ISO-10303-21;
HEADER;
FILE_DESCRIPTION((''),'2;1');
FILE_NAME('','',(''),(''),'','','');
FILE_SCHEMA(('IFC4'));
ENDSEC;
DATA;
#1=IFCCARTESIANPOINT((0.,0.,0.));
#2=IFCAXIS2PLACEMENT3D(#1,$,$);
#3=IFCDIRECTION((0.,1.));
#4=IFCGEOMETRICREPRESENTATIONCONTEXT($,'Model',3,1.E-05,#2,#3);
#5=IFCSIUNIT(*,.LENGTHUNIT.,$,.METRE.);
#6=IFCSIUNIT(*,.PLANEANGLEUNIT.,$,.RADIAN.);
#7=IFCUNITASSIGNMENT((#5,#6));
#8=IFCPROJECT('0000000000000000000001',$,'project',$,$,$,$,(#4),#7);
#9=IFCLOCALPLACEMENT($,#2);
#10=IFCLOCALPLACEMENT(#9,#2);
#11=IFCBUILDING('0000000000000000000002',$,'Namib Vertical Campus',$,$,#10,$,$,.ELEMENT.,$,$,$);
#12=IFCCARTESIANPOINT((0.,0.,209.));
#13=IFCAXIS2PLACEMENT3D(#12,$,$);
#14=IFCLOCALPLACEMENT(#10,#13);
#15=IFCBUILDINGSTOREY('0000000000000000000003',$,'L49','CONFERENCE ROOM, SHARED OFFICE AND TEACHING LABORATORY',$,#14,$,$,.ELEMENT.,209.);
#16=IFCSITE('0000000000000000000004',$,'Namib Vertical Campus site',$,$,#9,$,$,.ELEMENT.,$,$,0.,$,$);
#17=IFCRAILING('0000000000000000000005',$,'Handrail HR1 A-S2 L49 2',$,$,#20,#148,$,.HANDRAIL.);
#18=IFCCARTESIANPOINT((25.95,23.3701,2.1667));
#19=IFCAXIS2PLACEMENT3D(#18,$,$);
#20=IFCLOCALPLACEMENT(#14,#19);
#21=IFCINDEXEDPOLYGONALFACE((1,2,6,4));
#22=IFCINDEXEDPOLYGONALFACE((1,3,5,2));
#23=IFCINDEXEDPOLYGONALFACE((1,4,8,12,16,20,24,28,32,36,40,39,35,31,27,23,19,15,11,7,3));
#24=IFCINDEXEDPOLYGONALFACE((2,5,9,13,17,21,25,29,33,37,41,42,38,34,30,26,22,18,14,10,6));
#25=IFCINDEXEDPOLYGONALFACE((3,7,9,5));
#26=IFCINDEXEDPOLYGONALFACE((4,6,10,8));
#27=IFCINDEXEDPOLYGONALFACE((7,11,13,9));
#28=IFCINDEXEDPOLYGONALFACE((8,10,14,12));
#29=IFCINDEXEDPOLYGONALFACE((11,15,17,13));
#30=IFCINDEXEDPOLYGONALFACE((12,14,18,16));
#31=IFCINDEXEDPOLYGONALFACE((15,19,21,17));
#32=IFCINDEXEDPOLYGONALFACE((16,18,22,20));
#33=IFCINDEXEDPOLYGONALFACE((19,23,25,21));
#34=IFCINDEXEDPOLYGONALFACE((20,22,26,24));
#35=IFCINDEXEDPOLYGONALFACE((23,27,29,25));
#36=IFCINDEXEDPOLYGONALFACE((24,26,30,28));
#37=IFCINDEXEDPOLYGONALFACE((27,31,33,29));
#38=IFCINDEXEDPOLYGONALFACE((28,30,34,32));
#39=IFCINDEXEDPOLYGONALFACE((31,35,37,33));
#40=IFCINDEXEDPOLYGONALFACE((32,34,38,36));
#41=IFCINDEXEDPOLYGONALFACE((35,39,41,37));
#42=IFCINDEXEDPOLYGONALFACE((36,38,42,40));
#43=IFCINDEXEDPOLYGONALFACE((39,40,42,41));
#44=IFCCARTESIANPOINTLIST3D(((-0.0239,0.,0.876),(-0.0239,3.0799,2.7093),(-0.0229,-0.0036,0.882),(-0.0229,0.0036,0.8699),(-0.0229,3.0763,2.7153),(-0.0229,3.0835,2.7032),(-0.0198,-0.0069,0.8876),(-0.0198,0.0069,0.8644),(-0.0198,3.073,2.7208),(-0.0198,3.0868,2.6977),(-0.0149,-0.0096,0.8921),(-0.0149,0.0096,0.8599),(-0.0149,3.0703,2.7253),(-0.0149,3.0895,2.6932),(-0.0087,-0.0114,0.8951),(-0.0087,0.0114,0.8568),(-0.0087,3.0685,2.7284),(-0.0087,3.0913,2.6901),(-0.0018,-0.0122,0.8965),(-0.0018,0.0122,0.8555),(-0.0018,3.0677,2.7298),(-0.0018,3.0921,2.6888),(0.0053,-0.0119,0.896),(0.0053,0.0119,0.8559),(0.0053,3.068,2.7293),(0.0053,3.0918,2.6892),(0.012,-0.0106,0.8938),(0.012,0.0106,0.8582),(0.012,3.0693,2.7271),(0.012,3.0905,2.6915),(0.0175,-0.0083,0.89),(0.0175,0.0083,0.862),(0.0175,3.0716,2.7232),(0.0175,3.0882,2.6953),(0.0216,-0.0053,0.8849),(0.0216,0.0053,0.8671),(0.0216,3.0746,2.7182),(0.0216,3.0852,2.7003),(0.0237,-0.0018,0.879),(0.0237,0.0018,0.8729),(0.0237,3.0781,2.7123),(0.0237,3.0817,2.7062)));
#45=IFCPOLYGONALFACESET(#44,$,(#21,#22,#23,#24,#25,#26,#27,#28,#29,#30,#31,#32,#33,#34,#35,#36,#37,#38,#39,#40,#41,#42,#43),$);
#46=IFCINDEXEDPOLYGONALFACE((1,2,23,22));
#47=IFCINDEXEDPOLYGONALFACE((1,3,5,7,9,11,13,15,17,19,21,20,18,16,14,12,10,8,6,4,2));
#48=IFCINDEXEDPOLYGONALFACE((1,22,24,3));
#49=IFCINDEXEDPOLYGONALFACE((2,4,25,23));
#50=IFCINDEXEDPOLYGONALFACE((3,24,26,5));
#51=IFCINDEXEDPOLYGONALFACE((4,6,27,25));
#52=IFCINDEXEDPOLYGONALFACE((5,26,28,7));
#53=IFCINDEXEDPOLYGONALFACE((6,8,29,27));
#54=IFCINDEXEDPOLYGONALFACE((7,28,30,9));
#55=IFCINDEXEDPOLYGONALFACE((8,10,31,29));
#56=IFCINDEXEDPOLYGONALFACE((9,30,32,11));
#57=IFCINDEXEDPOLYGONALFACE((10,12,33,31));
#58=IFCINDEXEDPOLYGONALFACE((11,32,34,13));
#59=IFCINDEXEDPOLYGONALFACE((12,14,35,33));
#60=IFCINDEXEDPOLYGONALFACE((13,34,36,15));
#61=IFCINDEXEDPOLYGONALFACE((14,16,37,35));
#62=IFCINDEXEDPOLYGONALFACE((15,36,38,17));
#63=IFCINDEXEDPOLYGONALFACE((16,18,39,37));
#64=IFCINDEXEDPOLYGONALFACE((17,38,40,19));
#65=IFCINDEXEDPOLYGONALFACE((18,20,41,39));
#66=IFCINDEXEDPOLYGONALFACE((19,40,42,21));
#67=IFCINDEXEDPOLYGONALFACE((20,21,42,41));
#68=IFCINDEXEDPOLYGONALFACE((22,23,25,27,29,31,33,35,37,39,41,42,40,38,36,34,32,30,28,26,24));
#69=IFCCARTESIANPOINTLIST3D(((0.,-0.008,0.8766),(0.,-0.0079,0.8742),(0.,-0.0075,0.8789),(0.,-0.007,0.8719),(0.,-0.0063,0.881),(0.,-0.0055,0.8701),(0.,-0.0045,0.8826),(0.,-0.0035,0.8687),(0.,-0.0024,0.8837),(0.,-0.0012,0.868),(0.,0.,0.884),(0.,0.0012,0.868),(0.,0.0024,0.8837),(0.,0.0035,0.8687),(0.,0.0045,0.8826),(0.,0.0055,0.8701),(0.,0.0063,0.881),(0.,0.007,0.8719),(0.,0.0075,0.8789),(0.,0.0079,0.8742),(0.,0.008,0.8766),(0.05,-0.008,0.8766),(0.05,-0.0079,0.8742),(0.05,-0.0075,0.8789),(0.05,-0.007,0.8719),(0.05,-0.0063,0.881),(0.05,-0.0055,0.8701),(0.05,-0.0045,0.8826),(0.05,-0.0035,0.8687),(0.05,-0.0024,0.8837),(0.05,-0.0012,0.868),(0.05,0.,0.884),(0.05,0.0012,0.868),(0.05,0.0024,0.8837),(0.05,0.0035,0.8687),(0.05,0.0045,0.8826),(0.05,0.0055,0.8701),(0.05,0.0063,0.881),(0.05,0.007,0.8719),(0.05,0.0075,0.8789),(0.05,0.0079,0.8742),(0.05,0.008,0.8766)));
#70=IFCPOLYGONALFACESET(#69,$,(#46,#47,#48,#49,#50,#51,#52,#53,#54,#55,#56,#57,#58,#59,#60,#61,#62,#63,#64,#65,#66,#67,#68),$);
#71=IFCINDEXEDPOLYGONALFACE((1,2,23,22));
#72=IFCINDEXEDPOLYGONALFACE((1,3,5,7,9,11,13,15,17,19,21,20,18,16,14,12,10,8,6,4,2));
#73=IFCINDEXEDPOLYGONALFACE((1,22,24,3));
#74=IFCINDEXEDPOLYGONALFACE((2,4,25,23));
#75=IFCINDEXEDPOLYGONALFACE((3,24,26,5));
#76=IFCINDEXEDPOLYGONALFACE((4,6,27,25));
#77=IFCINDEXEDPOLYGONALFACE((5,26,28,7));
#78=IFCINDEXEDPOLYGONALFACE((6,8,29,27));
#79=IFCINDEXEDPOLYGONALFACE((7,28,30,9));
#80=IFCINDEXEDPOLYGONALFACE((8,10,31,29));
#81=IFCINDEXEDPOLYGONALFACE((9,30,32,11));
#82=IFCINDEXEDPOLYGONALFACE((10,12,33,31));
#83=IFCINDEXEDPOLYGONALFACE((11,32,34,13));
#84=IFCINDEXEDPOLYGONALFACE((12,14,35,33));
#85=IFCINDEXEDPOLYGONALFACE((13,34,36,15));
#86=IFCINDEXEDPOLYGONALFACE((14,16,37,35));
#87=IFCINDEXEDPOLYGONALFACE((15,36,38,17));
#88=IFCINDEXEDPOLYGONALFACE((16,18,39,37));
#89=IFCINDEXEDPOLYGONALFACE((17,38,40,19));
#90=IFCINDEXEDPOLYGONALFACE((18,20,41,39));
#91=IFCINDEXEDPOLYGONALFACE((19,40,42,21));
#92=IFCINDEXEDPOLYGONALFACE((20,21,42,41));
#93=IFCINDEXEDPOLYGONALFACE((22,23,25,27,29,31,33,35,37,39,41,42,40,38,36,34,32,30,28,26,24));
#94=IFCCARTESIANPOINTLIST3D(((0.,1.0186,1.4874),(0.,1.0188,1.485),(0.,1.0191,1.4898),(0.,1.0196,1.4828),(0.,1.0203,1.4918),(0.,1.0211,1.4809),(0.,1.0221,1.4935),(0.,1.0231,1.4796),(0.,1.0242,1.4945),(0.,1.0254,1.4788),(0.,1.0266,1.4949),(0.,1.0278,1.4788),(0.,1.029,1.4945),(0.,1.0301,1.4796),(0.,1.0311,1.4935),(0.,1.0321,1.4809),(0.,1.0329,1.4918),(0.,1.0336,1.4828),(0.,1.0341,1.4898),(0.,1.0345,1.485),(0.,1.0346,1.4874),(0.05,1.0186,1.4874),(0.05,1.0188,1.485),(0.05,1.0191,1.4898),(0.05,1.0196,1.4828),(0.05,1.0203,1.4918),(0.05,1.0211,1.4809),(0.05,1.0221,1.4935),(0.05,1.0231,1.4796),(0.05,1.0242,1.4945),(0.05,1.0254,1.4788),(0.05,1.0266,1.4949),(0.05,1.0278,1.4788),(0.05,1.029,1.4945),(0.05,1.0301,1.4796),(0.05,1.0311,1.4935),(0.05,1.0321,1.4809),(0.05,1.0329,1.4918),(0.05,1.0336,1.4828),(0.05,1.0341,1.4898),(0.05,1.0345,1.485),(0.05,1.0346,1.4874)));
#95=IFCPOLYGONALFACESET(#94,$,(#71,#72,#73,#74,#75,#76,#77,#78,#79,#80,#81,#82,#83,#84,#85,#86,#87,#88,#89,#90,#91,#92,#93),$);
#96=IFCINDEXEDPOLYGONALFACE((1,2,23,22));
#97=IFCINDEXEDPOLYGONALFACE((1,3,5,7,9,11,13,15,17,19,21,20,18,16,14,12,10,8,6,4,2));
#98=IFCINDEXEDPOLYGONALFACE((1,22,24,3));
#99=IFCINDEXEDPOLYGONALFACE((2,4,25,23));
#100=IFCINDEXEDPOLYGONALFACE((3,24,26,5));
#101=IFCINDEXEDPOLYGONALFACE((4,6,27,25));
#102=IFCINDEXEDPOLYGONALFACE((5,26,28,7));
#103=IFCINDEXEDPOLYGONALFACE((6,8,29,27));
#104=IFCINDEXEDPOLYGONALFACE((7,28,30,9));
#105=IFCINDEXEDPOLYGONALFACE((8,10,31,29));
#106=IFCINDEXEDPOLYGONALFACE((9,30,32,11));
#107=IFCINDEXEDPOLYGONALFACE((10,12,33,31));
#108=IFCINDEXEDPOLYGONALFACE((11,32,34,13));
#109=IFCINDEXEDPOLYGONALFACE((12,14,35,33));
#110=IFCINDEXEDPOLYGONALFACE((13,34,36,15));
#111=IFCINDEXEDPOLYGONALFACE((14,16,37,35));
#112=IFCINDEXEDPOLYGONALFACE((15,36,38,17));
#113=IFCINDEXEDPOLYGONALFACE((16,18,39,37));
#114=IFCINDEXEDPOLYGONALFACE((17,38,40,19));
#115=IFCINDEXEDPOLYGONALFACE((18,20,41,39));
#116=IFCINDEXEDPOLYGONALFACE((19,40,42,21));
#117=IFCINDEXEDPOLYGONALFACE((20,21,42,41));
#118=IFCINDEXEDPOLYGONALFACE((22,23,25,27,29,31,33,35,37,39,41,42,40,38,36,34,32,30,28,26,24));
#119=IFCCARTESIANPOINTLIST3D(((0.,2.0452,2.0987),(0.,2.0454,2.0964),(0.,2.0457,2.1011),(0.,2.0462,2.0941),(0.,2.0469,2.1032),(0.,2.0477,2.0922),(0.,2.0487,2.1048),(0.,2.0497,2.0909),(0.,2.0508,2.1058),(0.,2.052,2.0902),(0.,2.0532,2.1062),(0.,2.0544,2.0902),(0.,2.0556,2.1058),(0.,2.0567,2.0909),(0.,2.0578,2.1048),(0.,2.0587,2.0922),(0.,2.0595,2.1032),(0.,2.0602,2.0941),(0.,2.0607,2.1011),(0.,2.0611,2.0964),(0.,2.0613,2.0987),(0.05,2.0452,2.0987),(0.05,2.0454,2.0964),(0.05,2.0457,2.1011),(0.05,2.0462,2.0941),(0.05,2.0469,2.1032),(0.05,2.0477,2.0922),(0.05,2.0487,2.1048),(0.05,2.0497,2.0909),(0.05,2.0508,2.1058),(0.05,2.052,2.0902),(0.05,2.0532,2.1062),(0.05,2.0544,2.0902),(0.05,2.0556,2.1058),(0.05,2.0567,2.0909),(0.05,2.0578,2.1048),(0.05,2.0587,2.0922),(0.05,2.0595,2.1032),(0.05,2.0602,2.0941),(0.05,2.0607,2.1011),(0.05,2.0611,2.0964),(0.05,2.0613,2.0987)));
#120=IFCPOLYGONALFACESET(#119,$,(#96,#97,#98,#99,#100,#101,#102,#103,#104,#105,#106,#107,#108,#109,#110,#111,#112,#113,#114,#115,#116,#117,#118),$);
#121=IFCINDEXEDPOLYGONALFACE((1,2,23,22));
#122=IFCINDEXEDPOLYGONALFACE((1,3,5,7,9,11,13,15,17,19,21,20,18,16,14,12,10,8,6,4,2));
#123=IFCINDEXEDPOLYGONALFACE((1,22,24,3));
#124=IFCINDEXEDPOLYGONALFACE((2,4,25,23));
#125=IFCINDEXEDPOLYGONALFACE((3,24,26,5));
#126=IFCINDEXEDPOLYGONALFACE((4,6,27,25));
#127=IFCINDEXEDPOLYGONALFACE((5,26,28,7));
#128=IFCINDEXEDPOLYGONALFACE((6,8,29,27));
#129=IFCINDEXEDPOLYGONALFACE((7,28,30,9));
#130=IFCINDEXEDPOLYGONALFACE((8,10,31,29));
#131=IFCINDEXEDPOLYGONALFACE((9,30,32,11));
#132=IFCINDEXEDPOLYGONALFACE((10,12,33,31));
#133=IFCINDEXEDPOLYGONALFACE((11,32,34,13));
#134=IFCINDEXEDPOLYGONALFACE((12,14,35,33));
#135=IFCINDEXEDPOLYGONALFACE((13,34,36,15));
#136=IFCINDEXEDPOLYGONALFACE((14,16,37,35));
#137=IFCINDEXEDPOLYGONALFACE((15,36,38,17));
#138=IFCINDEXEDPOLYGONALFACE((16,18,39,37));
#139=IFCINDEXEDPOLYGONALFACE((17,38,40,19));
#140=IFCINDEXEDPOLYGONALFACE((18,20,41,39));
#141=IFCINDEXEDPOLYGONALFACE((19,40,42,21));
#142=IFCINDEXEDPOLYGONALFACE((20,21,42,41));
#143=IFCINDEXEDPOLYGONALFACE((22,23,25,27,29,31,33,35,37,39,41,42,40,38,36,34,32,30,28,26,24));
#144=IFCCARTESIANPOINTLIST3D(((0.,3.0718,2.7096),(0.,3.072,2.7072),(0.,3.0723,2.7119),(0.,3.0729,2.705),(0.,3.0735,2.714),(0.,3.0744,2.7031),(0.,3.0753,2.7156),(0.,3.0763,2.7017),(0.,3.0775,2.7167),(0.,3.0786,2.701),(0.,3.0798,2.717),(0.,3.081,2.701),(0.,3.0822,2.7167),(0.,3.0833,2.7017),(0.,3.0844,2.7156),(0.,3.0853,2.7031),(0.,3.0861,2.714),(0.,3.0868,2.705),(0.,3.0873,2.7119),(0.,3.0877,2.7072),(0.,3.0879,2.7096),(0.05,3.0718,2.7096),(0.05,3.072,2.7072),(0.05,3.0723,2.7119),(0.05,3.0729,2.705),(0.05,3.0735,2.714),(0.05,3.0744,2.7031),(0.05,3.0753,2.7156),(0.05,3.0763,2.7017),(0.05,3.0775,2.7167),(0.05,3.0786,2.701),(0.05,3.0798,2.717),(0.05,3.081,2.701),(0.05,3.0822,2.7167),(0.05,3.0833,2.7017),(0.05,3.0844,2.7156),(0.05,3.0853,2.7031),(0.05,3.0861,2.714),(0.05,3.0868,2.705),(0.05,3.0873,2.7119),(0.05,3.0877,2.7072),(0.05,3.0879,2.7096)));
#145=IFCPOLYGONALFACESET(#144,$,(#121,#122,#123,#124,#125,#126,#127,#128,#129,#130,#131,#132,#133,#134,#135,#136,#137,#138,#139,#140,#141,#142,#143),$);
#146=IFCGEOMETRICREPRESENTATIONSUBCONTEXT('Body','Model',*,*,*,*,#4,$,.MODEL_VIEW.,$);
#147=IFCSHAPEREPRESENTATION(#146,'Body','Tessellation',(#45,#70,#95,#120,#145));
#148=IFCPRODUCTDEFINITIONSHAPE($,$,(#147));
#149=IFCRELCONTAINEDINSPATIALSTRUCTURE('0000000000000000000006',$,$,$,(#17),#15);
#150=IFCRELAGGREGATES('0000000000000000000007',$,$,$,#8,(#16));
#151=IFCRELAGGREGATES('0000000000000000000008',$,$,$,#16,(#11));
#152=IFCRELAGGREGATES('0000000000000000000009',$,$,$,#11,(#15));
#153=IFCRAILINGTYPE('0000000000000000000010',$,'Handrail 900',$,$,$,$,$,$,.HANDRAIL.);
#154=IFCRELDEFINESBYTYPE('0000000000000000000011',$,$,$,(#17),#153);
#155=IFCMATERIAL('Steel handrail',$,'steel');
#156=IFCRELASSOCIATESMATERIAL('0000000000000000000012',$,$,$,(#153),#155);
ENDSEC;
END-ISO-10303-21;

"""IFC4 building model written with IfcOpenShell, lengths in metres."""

from ifc_helpers import new_model, si_unit, direction, frame, origin, origin_2d, place, context, subcontext, project, spatial, circle, extrude, material, type_object, element, save


model = new_model("IFC4")

# Units and contexts
model_context = context("Model", 3, precision=1e-05, world=origin(), true_north=direction((0.0, 1.0)))
body_context = subcontext(model_context, "Body", "Model", "MODEL_VIEW")
ifc_project = project(units=[si_unit("LENGTHUNIT", "METRE"), si_unit("PLANEANGLEUNIT", "RADIAN")], contexts=[model_context])

# Site, building, storey
site_placement = place(None, origin())
site = spatial("IfcSite", under=ifc_project, at=site_placement, Name="Namib Vertical Campus site", CompositionType="ELEMENT", RefElevation=0.0)
building_placement = place(site_placement, origin())
building = spatial("IfcBuilding", under=site, at=building_placement, Name="Namib Vertical Campus", CompositionType="ELEMENT")
storey_placement = place(building_placement, frame((0.0, 0.0, 209.0)))
storey = spatial("IfcBuildingStorey", under=building, at=storey_placement, Name="L49", Description="CONFERENCE ROOM, SHARED OFFICE AND TEACHING LABORATORY", CompositionType="ELEMENT", Elevation=209.0)

# Railing
ifc_material_1 = material(Name="Steel handrail", Category="steel")
railing_type_1 = type_object("IfcRailingType", Name="Handrail 900", PredefinedType="HANDRAIL", material=ifc_material_1)
railing_1_placement = place(storey_placement, frame((25.95, 23.3701, 2.1667)))
element("IfcRailing", 1, at=railing_1_placement, inside=storey, type_object=railing_type_1, Name="Handrail HR1 A-S2 L49 2", PredefinedType="HANDRAIL", context=body_context, shape_type="SweptSolid", body=[
    extrude(circle(Radius=0.0239, at=origin_2d()), frame((0.0, 0.0, 0.876), z_axis=(0.0, 0.859291, 0.511487), x_axis=(-1.0, 0.0, 0.0)), (0.0, 0.0, 1.0), 3.5842),
    extrude(circle(Radius=0.0081, at=origin_2d()), frame((0.0, 0.0, 0.876), z_axis=(1.0, 0.0, 0.0), x_axis=(0.0, 0.0, 1.0)), (0.0, 0.0, 1.0), 0.05),
    extrude(circle(Radius=0.0081, at=origin_2d()), frame((0.0, 1.0266, 1.4868), z_axis=(1.0, 0.0, 0.0), x_axis=(0.0, 0.0, 1.0)), (0.0, 0.0, 1.0), 0.05),
    extrude(circle(Radius=0.0081, at=origin_2d()), frame((0.0, 2.0532, 2.0981), z_axis=(1.0, 0.0, 0.0), x_axis=(0.0, 0.0, 1.0)), (0.0, 0.0, 1.0), 0.05),
    extrude(circle(Radius=0.0081, at=origin_2d()), frame((0.0, 3.0798, 2.709), z_axis=(1.0, 0.0, 0.0), x_axis=(0.0, 0.0, 1.0)), (0.0, 0.0, 1.0), 0.05),
])

save(model, "model.ifc")
